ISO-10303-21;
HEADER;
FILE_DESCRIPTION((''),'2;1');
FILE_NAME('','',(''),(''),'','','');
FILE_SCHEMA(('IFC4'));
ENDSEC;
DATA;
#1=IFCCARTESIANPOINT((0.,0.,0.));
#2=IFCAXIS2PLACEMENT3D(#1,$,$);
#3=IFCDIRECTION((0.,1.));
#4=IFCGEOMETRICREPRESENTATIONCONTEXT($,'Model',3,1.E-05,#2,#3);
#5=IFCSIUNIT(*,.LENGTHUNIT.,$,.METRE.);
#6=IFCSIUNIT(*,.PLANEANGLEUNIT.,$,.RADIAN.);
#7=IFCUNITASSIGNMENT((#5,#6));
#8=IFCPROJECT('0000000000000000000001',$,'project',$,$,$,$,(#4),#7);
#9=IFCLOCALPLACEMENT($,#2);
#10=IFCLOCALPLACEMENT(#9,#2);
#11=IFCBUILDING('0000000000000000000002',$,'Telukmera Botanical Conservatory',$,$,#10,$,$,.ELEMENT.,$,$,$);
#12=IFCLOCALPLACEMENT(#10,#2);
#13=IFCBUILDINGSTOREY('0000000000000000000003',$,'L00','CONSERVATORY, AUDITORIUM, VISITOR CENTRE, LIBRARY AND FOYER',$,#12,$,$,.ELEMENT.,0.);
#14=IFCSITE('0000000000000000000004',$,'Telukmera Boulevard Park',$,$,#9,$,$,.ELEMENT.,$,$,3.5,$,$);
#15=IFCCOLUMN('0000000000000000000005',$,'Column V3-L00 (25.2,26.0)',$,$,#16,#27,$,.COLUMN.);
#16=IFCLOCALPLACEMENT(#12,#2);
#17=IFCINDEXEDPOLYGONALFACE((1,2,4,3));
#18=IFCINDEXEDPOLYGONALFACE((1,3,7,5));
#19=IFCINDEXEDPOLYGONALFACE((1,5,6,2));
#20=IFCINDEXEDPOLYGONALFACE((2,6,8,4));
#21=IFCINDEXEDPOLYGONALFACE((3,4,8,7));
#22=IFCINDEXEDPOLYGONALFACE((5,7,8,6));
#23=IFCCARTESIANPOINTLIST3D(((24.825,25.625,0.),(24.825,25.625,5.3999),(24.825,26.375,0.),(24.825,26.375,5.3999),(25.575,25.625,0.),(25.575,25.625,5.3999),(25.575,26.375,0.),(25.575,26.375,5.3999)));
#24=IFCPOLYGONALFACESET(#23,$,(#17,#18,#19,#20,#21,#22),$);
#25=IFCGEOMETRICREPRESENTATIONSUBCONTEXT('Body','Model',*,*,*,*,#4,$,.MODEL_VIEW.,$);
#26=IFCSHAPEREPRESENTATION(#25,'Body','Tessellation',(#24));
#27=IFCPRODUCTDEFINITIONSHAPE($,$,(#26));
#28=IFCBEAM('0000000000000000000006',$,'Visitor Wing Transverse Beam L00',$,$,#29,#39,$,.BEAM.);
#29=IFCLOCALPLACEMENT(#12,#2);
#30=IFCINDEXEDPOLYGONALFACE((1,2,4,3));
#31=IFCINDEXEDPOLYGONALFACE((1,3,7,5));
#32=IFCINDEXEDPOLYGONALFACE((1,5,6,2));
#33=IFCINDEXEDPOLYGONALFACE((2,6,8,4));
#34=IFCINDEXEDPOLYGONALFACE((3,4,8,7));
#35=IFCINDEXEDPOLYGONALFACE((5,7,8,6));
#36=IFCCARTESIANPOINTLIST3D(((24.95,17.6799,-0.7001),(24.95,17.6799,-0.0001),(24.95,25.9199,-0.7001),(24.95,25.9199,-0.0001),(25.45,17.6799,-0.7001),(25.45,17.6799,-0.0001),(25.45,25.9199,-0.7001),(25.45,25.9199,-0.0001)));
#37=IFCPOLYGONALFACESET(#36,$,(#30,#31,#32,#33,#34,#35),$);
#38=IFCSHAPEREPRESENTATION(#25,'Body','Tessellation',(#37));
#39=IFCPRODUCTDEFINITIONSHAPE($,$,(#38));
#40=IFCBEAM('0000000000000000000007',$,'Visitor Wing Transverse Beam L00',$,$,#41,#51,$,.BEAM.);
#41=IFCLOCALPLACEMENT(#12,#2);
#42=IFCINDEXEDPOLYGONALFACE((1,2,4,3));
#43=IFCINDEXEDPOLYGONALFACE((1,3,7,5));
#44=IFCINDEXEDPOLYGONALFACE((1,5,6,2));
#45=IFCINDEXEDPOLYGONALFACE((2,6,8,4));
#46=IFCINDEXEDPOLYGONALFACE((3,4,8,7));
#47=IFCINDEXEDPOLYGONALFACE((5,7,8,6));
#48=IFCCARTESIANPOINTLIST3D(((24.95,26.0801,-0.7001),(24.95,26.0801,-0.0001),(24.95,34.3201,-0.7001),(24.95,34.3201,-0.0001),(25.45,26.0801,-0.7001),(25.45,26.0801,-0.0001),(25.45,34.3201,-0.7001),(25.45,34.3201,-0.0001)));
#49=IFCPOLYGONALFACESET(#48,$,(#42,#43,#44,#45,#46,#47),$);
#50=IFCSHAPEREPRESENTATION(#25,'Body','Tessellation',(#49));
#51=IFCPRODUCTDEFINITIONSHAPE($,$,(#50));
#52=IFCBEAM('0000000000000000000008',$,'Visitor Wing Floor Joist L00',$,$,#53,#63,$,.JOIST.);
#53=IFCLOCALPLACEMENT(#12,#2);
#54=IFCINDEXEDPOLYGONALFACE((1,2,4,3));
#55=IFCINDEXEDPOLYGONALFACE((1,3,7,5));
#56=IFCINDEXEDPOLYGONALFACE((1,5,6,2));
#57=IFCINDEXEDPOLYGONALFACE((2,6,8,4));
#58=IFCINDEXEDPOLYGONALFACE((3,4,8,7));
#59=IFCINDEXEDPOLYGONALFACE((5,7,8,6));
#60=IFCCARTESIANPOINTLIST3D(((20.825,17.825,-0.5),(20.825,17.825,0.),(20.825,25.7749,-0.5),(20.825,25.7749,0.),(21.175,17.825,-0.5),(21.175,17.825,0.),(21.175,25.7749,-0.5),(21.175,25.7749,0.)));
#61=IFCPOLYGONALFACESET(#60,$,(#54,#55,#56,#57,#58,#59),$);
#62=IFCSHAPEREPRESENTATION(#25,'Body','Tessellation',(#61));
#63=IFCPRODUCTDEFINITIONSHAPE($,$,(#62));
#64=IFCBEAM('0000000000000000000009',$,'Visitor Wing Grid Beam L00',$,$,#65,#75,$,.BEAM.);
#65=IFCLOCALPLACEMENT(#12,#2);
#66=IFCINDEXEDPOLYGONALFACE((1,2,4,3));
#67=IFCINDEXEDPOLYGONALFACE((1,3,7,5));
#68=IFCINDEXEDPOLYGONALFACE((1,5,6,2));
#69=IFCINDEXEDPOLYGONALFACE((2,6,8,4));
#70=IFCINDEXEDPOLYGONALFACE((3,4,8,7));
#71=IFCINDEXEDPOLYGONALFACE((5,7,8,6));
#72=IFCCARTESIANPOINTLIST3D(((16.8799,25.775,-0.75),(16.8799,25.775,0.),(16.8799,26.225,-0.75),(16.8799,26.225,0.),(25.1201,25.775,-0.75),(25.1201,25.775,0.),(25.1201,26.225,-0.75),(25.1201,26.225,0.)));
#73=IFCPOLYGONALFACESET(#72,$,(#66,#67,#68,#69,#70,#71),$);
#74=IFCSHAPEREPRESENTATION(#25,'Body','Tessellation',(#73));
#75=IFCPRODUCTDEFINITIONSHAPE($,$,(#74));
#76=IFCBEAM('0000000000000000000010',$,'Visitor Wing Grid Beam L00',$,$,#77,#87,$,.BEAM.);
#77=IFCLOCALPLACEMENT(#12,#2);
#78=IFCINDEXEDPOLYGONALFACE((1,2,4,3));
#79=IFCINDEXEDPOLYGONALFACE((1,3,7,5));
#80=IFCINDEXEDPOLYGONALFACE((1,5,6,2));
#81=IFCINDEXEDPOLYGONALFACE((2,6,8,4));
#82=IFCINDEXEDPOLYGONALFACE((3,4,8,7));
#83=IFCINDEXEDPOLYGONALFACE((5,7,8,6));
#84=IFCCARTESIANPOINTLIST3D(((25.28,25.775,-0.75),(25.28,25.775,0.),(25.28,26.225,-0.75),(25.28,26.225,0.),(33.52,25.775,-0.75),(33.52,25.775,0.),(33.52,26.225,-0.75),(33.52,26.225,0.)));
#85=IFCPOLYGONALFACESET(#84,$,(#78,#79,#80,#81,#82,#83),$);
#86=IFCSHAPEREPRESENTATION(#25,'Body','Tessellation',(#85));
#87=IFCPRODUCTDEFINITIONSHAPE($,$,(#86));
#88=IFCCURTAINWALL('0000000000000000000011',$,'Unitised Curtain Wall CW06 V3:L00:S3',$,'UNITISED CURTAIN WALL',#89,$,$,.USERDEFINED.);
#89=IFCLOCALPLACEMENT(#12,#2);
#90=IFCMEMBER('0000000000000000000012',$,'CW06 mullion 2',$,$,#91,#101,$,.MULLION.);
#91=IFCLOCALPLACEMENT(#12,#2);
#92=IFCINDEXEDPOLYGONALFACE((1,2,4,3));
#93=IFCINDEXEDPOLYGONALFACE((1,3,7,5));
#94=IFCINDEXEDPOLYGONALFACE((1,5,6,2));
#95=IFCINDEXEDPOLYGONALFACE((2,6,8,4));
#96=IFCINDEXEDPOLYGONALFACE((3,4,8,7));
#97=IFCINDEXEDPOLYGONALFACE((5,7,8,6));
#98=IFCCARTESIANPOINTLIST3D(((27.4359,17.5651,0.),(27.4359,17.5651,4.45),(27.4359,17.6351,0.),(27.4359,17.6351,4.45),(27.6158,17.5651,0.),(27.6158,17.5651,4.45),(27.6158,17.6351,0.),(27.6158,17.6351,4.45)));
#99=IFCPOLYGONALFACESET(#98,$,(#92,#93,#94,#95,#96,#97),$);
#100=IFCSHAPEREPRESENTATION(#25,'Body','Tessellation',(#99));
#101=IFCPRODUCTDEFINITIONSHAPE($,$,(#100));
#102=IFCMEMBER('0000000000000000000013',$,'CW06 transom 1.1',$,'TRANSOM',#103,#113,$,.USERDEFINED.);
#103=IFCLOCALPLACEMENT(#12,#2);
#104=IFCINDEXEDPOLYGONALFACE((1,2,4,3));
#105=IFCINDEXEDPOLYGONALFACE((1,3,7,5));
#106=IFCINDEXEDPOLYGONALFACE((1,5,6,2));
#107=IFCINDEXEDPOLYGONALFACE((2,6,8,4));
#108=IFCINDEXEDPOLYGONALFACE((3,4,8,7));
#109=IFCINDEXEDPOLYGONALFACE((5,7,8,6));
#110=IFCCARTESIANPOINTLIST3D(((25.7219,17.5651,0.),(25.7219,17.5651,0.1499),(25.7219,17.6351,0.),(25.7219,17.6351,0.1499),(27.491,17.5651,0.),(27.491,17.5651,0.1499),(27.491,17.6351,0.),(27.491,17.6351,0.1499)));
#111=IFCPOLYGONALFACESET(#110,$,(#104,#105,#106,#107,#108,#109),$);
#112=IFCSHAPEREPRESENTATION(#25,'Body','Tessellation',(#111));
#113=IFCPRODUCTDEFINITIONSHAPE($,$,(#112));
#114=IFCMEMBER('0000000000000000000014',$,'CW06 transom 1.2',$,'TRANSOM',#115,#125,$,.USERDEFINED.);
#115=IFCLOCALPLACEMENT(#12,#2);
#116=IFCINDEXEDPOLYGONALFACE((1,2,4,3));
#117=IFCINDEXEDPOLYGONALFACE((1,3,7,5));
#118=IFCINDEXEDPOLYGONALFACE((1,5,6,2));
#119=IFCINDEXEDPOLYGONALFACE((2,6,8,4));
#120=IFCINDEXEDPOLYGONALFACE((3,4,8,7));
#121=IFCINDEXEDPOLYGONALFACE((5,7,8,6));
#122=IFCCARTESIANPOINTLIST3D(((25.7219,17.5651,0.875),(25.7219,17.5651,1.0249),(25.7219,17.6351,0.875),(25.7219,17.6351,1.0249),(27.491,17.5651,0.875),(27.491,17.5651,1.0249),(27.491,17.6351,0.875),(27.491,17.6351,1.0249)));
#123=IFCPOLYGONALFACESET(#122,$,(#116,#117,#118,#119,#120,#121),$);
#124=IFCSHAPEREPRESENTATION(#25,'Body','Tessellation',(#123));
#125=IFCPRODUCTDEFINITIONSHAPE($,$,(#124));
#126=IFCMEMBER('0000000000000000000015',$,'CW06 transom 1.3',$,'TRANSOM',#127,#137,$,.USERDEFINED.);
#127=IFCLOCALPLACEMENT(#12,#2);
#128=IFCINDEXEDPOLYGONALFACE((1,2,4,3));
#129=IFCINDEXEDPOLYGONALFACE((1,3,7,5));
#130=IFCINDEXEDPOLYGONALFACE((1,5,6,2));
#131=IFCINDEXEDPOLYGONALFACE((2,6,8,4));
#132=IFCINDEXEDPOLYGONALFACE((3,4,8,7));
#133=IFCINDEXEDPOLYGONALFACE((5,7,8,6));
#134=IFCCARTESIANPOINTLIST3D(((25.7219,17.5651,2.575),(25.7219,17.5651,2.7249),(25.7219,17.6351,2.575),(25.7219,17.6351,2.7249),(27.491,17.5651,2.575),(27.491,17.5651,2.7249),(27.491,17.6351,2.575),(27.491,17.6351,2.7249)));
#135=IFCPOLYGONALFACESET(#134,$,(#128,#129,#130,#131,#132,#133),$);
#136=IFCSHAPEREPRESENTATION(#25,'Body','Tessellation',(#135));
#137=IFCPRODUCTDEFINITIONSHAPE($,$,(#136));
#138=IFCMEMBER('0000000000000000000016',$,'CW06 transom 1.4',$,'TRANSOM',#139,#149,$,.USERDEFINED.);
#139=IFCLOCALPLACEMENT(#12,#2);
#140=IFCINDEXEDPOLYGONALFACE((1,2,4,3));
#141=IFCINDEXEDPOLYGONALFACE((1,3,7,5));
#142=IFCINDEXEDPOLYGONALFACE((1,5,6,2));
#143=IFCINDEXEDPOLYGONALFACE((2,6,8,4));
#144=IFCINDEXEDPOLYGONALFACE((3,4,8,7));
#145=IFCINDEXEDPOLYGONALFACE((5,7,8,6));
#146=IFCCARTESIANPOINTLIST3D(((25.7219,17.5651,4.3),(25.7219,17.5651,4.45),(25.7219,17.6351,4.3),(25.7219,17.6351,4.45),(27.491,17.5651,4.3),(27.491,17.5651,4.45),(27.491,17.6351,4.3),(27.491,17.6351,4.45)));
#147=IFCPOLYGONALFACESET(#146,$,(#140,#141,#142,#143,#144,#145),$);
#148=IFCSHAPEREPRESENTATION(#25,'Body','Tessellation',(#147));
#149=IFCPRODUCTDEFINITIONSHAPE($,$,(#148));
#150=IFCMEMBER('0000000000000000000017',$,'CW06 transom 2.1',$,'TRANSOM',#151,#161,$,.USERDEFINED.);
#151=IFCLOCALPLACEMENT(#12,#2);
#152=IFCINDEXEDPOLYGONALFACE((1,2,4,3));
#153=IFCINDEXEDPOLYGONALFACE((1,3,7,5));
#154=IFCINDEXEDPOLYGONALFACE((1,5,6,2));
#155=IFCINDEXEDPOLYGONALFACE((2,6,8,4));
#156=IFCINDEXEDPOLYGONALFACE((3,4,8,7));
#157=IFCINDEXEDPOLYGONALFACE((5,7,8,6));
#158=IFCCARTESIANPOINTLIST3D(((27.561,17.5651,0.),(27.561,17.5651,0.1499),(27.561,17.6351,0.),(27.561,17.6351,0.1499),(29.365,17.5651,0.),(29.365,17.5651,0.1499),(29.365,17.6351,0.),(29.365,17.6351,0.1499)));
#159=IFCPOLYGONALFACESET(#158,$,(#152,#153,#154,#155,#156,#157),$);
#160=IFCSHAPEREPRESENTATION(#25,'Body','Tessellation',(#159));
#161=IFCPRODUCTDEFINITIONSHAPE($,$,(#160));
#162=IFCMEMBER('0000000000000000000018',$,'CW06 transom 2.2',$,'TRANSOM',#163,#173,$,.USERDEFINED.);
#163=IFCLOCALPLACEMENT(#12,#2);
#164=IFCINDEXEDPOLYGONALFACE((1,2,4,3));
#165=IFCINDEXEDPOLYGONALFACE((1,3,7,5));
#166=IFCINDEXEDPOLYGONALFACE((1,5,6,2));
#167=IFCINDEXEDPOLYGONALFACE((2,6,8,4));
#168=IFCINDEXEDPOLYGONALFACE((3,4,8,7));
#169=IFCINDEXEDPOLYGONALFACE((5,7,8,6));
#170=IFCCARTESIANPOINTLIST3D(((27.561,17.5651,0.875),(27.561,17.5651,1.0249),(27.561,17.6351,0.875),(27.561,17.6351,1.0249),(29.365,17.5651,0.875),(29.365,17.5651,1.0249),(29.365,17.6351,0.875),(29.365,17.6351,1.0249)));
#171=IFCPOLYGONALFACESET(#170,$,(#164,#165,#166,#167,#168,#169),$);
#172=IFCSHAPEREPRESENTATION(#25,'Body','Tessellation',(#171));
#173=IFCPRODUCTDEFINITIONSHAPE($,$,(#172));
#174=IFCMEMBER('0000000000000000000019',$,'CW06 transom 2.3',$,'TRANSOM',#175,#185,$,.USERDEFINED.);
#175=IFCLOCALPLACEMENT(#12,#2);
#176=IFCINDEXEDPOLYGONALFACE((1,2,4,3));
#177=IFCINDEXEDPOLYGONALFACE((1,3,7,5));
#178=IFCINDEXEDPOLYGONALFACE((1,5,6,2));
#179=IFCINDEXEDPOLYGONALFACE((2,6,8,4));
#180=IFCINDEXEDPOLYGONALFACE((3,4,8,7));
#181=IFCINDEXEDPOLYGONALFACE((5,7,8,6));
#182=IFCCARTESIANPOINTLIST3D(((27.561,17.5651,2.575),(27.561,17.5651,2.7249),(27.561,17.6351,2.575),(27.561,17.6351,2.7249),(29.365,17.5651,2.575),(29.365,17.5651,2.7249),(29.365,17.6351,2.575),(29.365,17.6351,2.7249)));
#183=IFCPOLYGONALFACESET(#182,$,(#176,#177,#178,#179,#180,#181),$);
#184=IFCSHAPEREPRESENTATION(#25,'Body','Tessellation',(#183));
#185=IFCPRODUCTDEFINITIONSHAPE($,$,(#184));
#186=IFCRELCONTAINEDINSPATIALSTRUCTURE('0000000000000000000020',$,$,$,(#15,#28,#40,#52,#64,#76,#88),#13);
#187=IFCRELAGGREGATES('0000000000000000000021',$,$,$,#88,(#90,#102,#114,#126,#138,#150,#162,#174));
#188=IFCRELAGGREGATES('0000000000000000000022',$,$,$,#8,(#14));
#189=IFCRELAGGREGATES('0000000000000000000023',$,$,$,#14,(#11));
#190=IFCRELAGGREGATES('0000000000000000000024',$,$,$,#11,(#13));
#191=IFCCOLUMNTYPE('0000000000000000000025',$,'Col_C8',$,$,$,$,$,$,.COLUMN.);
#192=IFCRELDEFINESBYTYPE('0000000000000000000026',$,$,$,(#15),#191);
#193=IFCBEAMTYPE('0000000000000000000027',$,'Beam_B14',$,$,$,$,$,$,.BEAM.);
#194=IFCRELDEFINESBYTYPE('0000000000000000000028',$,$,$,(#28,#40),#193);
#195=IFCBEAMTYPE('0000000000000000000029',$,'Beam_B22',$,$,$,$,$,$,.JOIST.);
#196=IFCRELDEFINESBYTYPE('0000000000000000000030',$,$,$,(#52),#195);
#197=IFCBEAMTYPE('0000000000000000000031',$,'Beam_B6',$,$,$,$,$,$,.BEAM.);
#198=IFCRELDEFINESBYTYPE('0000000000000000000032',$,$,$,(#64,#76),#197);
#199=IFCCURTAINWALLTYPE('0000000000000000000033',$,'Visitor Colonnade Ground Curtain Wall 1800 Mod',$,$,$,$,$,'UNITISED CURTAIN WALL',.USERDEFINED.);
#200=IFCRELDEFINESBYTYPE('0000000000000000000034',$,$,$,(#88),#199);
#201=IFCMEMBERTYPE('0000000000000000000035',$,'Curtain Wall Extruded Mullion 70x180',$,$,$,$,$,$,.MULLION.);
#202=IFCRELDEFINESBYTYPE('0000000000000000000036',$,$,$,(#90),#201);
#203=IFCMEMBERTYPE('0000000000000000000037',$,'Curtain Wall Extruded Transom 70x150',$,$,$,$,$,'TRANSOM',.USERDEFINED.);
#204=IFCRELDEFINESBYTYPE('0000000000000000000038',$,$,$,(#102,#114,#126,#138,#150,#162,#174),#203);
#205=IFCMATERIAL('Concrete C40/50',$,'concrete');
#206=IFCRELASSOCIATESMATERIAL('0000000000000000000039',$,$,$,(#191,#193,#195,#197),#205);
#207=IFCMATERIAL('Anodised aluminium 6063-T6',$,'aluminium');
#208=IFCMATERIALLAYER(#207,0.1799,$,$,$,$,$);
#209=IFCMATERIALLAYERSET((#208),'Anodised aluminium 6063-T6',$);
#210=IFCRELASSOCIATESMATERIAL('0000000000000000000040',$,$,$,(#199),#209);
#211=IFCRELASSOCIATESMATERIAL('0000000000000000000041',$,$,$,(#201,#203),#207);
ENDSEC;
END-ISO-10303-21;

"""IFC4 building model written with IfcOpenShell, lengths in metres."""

from ifc_helpers import new_model, si_unit, direction, frame, origin, origin_2d, place, context, subcontext, project, spatial, rectangle, extrude, material, layer, layer_set, material_profile, profile_set, type_object, element, aggregate, save


model = new_model("IFC4")

# Units and contexts
model_context = context("Model", 3, precision=1e-05, world=origin(), true_north=direction((0.0, 1.0)))
body_context = subcontext(model_context, "Body", "Model", "MODEL_VIEW")
ifc_project = project(units=[si_unit("LENGTHUNIT", "METRE"), si_unit("PLANEANGLEUNIT", "RADIAN")], contexts=[model_context])

# Site, building, storey
site_placement = place(None, origin())
site = spatial("IfcSite", under=ifc_project, at=site_placement, Name="Telukmera Boulevard Park", CompositionType="ELEMENT", RefElevation=3.5)
building_placement = place(site_placement, origin())
building = spatial("IfcBuilding", under=site, at=building_placement, Name="Telukmera Botanical Conservatory", CompositionType="ELEMENT")
storey_placement = place(building_placement, origin())
storey = spatial("IfcBuildingStorey", under=building, at=storey_placement, Name="L00", Description="CONSERVATORY, AUDITORIUM, VISITOR CENTRE, LIBRARY AND FOYER", CompositionType="ELEMENT", Elevation=0.0)

# Column
ifc_material_1 = material(Name="Concrete C40/50", Category="concrete")
ifc_material_profile_1 = material_profile(ifc_material_1, rectangle(XDim=0.75, YDim=0.75, at=origin_2d()), Name="RC 750x750")
ifc_profile_set_1 = profile_set([ifc_material_profile_1], Name="Concrete C40/50")
column_type = type_object("IfcColumnType", Name="Col_C8", PredefinedType="COLUMN", material=ifc_profile_set_1)
column_placement = place(storey_placement, frame((25.2, 26.0, 0.0), z_axis=(0.0, 0.0, 1.0), x_axis=(1.0, 0.0, 0.0)))
element("IfcColumn", 1, at=column_placement, inside=storey, type_object=column_type, Name="Column V3-L00 (25.2,26.0)", PredefinedType="COLUMN", context=body_context, shape_type="SweptSolid", body=[
    extrude(rectangle(XDim=0.75, YDim=0.75, at=origin_2d()), origin(), (0.0, 0.0, 1.0), 5.3999),
])

# Beams
ifc_material_profile_2 = material_profile(ifc_material_1, rectangle(XDim=0.5, YDim=0.7, at=origin_2d()), Name="RC 500x700")
ifc_profile_set_2 = profile_set([ifc_material_profile_2], Name="Concrete C40/50")
beam_type_1 = type_object("IfcBeamType", Name="Beam_B14", PredefinedType="BEAM", material=ifc_profile_set_2)
for number, where, z_axis, x_axis, name in (
    (2, (25.2, 17.6799, -0.3501), (0.0, 1.0, 0.0), (-1.0, 0.0, 0.0), "Visitor Wing Transverse Beam L00"),
    (3, (25.2, 26.0801, -0.3501), (0.0, 1.0, 0.0), (-1.0, 0.0, 0.0), "Visitor Wing Transverse Beam L00"),
):
    element("IfcBeam", number, at=place(storey_placement, frame(where, z_axis=z_axis, x_axis=x_axis)), inside=storey, type_object=beam_type_1, Name=name, PredefinedType="BEAM", context=body_context, shape_type="SweptSolid", body=[
        extrude(rectangle(XDim=0.5, YDim=0.7, at=origin_2d()), origin(), (0.0, 0.0, 1.0), 8.24),
    ])
ifc_material_profile_3 = material_profile(ifc_material_1, rectangle(XDim=0.3501, YDim=0.5, at=origin_2d()), Name="RC 350x500")
ifc_profile_set_3 = profile_set([ifc_material_profile_3], Name="Concrete C40/50")
beam_type_2 = type_object("IfcBeamType", Name="Beam_B22", PredefinedType="JOIST", material=ifc_profile_set_3)
beam_1_placement = place(storey_placement, frame((21.0, 17.825, -0.25), z_axis=(0.0, 1.0, 0.0), x_axis=(-1.0, 0.0, 0.0)))
element("IfcBeam", 4, at=beam_1_placement, inside=storey, type_object=beam_type_2, Name="Visitor Wing Floor Joist L00", PredefinedType="JOIST", context=body_context, shape_type="SweptSolid", body=[
    extrude(rectangle(XDim=0.3501, YDim=0.5, at=origin_2d()), origin(), (0.0, 0.0, 1.0), 7.95),
])
ifc_material_profile_4 = material_profile(ifc_material_1, rectangle(XDim=0.45, YDim=0.75, at=origin_2d()), Name="RC 450x750")
ifc_profile_set_4 = profile_set([ifc_material_profile_4], Name="Concrete C40/50")
beam_type_3 = type_object("IfcBeamType", Name="Beam_B6", PredefinedType="BEAM", material=ifc_profile_set_4)
beam_2_placement = place(storey_placement, frame((16.8799, 26.0, -0.375), z_axis=(1.0, 0.0, 0.0), x_axis=(0.0, 1.0, 0.0)))
element("IfcBeam", 5, at=beam_2_placement, inside=storey, type_object=beam_type_3, Name="Visitor Wing Grid Beam L00", PredefinedType="BEAM", context=body_context, shape_type="SweptSolid", body=[
    extrude(rectangle(XDim=0.45, YDim=0.75, at=origin_2d()), origin(), (0.0, 0.0, 1.0), 8.2402),
])
beam_3_placement = place(storey_placement, frame((25.28, 26.0, -0.375), z_axis=(1.0, 0.0, 0.0), x_axis=(0.0, 1.0, 0.0)))
element("IfcBeam", 6, at=beam_3_placement, inside=storey, type_object=beam_type_3, Name="Visitor Wing Grid Beam L00", PredefinedType="BEAM", context=body_context, shape_type="SweptSolid", body=[
    extrude(rectangle(XDim=0.45, YDim=0.75, at=origin_2d()), origin(), (0.0, 0.0, 1.0), 8.24),
])

# Curtain wall, members
ifc_material_2 = material(Name="Anodised aluminium 6063-T6", Category="aluminium")
ifc_layer_1 = layer(ifc_material_2, 0.1799)
ifc_layer_set_1 = layer_set([ifc_layer_1], Name="Anodised aluminium 6063-T6")
curtain_wall_type = type_object("IfcCurtainWallType", Name="Visitor Colonnade Ground Curtain Wall 1800 Mod", ElementType="UNITISED CURTAIN WALL", PredefinedType="USERDEFINED", material=ifc_layer_set_1)
curtain_wall_placement = place(storey_placement, origin())
curtain_wall = element("IfcCurtainWall", 7, at=curtain_wall_placement, inside=storey, type_object=curtain_wall_type, Name="Unitised Curtain Wall CW06 V3:L00:S3", ObjectType="UNITISED CURTAIN WALL", PredefinedType="USERDEFINED")
ifc_material_profile_5 = material_profile(ifc_material_2, rectangle(XDim=0.0701, YDim=0.1799, at=origin_2d()), Name="ALU MULL 70x180")
ifc_profile_set_5 = profile_set([ifc_material_profile_5], Name="Anodised aluminium 6063-T6")
member_type_1 = type_object("IfcMemberType", Name="Curtain Wall Extruded Mullion 70x180", PredefinedType="MULLION", material=ifc_profile_set_5)
member_1_placement = place(storey_placement, frame((27.5259, 17.6001, 0.0), z_axis=(0.0, 0.0, 1.0), x_axis=(0.0, 1.0, 0.0)))
member_1 = element("IfcMember", 8, at=member_1_placement, type_object=member_type_1, Name="CW06 mullion 2", PredefinedType="MULLION", context=body_context, shape_type="SweptSolid", body=[
    extrude(rectangle(XDim=0.0701, YDim=0.1799, at=origin_2d()), origin(), (0.0, 0.0, 1.0), 4.45),
])
ifc_material_profile_6 = material_profile(ifc_material_2, rectangle(XDim=0.0701, YDim=0.1499, at=origin_2d()), Name="ALU TRAN 70x150")
ifc_profile_set_6 = profile_set([ifc_material_profile_6], Name="Anodised aluminium 6063-T6")
member_type_2 = type_object("IfcMemberType", Name="Curtain Wall Extruded Transom 70x150", ElementType="TRANSOM", PredefinedType="USERDEFINED", material=ifc_profile_set_6)
member_2_placement = place(storey_placement, frame((25.7219, 17.6001, 0.075), z_axis=(1.0, 0.0, 0.0), x_axis=(0.0, 1.0, 0.0)))
member_2 = element("IfcMember", 9, at=member_2_placement, type_object=member_type_2, Name="CW06 transom 1.1", ObjectType="TRANSOM", PredefinedType="USERDEFINED", context=body_context, shape_type="SweptSolid", body=[
    extrude(rectangle(XDim=0.0701, YDim=0.1499, at=origin_2d()), origin(), (0.0, 0.0, 1.0), 1.769),
])
member_3_placement = place(storey_placement, frame((25.7219, 17.6001, 0.95), z_axis=(1.0, 0.0, 0.0), x_axis=(0.0, 1.0, 0.0)))
member_3 = element("IfcMember", 10, at=member_3_placement, type_object=member_type_2, Name="CW06 transom 1.2", ObjectType="TRANSOM", PredefinedType="USERDEFINED", context=body_context, shape_type="SweptSolid", body=[
    extrude(rectangle(XDim=0.0701, YDim=0.1499, at=origin_2d()), origin(), (0.0, 0.0, 1.0), 1.769),
])
member_4_placement = place(storey_placement, frame((25.7219, 17.6001, 2.6499), z_axis=(1.0, 0.0, 0.0), x_axis=(0.0, 1.0, 0.0)))
member_4 = element("IfcMember", 11, at=member_4_placement, type_object=member_type_2, Name="CW06 transom 1.3", ObjectType="TRANSOM", PredefinedType="USERDEFINED", context=body_context, shape_type="SweptSolid", body=[
    extrude(rectangle(XDim=0.0701, YDim=0.1499, at=origin_2d()), origin(), (0.0, 0.0, 1.0), 1.769),
])
member_5_placement = place(storey_placement, frame((25.7219, 17.6001, 4.375), z_axis=(1.0, 0.0, 0.0), x_axis=(0.0, 1.0, 0.0)))
member_5 = element("IfcMember", 12, at=member_5_placement, type_object=member_type_2, Name="CW06 transom 1.4", ObjectType="TRANSOM", PredefinedType="USERDEFINED", context=body_context, shape_type="SweptSolid", body=[
    extrude(rectangle(XDim=0.0701, YDim=0.1499, at=origin_2d()), origin(), (0.0, 0.0, 1.0), 1.769),
])
member_6_placement = place(storey_placement, frame((27.561, 17.6001, 0.075), z_axis=(1.0, 0.0, 0.0), x_axis=(0.0, 1.0, 0.0)))
member_6 = element("IfcMember", 13, at=member_6_placement, type_object=member_type_2, Name="CW06 transom 2.1", ObjectType="TRANSOM", PredefinedType="USERDEFINED", context=body_context, shape_type="SweptSolid", body=[
    extrude(rectangle(XDim=0.0701, YDim=0.1499, at=origin_2d()), origin(), (0.0, 0.0, 1.0), 1.804),
])
member_7_placement = place(storey_placement, frame((27.561, 17.6001, 0.95), z_axis=(1.0, 0.0, 0.0), x_axis=(0.0, 1.0, 0.0)))
member_7 = element("IfcMember", 14, at=member_7_placement, type_object=member_type_2, Name="CW06 transom 2.2", ObjectType="TRANSOM", PredefinedType="USERDEFINED", context=body_context, shape_type="SweptSolid", body=[
    extrude(rectangle(XDim=0.0701, YDim=0.1499, at=origin_2d()), origin(), (0.0, 0.0, 1.0), 1.804),
])
member_8_placement = place(storey_placement, frame((27.561, 17.6001, 2.6499), z_axis=(1.0, 0.0, 0.0), x_axis=(0.0, 1.0, 0.0)))
member_8 = element("IfcMember", 15, at=member_8_placement, type_object=member_type_2, Name="CW06 transom 2.3", ObjectType="TRANSOM", PredefinedType="USERDEFINED", context=body_context, shape_type="SweptSolid", body=[
    extrude(rectangle(XDim=0.0701, YDim=0.1499, at=origin_2d()), origin(), (0.0, 0.0, 1.0), 1.804),
])
aggregate(curtain_wall, [member_1, member_2, member_3, member_4, member_5, member_6, member_7, member_8])

save(model, "model.ifc")
